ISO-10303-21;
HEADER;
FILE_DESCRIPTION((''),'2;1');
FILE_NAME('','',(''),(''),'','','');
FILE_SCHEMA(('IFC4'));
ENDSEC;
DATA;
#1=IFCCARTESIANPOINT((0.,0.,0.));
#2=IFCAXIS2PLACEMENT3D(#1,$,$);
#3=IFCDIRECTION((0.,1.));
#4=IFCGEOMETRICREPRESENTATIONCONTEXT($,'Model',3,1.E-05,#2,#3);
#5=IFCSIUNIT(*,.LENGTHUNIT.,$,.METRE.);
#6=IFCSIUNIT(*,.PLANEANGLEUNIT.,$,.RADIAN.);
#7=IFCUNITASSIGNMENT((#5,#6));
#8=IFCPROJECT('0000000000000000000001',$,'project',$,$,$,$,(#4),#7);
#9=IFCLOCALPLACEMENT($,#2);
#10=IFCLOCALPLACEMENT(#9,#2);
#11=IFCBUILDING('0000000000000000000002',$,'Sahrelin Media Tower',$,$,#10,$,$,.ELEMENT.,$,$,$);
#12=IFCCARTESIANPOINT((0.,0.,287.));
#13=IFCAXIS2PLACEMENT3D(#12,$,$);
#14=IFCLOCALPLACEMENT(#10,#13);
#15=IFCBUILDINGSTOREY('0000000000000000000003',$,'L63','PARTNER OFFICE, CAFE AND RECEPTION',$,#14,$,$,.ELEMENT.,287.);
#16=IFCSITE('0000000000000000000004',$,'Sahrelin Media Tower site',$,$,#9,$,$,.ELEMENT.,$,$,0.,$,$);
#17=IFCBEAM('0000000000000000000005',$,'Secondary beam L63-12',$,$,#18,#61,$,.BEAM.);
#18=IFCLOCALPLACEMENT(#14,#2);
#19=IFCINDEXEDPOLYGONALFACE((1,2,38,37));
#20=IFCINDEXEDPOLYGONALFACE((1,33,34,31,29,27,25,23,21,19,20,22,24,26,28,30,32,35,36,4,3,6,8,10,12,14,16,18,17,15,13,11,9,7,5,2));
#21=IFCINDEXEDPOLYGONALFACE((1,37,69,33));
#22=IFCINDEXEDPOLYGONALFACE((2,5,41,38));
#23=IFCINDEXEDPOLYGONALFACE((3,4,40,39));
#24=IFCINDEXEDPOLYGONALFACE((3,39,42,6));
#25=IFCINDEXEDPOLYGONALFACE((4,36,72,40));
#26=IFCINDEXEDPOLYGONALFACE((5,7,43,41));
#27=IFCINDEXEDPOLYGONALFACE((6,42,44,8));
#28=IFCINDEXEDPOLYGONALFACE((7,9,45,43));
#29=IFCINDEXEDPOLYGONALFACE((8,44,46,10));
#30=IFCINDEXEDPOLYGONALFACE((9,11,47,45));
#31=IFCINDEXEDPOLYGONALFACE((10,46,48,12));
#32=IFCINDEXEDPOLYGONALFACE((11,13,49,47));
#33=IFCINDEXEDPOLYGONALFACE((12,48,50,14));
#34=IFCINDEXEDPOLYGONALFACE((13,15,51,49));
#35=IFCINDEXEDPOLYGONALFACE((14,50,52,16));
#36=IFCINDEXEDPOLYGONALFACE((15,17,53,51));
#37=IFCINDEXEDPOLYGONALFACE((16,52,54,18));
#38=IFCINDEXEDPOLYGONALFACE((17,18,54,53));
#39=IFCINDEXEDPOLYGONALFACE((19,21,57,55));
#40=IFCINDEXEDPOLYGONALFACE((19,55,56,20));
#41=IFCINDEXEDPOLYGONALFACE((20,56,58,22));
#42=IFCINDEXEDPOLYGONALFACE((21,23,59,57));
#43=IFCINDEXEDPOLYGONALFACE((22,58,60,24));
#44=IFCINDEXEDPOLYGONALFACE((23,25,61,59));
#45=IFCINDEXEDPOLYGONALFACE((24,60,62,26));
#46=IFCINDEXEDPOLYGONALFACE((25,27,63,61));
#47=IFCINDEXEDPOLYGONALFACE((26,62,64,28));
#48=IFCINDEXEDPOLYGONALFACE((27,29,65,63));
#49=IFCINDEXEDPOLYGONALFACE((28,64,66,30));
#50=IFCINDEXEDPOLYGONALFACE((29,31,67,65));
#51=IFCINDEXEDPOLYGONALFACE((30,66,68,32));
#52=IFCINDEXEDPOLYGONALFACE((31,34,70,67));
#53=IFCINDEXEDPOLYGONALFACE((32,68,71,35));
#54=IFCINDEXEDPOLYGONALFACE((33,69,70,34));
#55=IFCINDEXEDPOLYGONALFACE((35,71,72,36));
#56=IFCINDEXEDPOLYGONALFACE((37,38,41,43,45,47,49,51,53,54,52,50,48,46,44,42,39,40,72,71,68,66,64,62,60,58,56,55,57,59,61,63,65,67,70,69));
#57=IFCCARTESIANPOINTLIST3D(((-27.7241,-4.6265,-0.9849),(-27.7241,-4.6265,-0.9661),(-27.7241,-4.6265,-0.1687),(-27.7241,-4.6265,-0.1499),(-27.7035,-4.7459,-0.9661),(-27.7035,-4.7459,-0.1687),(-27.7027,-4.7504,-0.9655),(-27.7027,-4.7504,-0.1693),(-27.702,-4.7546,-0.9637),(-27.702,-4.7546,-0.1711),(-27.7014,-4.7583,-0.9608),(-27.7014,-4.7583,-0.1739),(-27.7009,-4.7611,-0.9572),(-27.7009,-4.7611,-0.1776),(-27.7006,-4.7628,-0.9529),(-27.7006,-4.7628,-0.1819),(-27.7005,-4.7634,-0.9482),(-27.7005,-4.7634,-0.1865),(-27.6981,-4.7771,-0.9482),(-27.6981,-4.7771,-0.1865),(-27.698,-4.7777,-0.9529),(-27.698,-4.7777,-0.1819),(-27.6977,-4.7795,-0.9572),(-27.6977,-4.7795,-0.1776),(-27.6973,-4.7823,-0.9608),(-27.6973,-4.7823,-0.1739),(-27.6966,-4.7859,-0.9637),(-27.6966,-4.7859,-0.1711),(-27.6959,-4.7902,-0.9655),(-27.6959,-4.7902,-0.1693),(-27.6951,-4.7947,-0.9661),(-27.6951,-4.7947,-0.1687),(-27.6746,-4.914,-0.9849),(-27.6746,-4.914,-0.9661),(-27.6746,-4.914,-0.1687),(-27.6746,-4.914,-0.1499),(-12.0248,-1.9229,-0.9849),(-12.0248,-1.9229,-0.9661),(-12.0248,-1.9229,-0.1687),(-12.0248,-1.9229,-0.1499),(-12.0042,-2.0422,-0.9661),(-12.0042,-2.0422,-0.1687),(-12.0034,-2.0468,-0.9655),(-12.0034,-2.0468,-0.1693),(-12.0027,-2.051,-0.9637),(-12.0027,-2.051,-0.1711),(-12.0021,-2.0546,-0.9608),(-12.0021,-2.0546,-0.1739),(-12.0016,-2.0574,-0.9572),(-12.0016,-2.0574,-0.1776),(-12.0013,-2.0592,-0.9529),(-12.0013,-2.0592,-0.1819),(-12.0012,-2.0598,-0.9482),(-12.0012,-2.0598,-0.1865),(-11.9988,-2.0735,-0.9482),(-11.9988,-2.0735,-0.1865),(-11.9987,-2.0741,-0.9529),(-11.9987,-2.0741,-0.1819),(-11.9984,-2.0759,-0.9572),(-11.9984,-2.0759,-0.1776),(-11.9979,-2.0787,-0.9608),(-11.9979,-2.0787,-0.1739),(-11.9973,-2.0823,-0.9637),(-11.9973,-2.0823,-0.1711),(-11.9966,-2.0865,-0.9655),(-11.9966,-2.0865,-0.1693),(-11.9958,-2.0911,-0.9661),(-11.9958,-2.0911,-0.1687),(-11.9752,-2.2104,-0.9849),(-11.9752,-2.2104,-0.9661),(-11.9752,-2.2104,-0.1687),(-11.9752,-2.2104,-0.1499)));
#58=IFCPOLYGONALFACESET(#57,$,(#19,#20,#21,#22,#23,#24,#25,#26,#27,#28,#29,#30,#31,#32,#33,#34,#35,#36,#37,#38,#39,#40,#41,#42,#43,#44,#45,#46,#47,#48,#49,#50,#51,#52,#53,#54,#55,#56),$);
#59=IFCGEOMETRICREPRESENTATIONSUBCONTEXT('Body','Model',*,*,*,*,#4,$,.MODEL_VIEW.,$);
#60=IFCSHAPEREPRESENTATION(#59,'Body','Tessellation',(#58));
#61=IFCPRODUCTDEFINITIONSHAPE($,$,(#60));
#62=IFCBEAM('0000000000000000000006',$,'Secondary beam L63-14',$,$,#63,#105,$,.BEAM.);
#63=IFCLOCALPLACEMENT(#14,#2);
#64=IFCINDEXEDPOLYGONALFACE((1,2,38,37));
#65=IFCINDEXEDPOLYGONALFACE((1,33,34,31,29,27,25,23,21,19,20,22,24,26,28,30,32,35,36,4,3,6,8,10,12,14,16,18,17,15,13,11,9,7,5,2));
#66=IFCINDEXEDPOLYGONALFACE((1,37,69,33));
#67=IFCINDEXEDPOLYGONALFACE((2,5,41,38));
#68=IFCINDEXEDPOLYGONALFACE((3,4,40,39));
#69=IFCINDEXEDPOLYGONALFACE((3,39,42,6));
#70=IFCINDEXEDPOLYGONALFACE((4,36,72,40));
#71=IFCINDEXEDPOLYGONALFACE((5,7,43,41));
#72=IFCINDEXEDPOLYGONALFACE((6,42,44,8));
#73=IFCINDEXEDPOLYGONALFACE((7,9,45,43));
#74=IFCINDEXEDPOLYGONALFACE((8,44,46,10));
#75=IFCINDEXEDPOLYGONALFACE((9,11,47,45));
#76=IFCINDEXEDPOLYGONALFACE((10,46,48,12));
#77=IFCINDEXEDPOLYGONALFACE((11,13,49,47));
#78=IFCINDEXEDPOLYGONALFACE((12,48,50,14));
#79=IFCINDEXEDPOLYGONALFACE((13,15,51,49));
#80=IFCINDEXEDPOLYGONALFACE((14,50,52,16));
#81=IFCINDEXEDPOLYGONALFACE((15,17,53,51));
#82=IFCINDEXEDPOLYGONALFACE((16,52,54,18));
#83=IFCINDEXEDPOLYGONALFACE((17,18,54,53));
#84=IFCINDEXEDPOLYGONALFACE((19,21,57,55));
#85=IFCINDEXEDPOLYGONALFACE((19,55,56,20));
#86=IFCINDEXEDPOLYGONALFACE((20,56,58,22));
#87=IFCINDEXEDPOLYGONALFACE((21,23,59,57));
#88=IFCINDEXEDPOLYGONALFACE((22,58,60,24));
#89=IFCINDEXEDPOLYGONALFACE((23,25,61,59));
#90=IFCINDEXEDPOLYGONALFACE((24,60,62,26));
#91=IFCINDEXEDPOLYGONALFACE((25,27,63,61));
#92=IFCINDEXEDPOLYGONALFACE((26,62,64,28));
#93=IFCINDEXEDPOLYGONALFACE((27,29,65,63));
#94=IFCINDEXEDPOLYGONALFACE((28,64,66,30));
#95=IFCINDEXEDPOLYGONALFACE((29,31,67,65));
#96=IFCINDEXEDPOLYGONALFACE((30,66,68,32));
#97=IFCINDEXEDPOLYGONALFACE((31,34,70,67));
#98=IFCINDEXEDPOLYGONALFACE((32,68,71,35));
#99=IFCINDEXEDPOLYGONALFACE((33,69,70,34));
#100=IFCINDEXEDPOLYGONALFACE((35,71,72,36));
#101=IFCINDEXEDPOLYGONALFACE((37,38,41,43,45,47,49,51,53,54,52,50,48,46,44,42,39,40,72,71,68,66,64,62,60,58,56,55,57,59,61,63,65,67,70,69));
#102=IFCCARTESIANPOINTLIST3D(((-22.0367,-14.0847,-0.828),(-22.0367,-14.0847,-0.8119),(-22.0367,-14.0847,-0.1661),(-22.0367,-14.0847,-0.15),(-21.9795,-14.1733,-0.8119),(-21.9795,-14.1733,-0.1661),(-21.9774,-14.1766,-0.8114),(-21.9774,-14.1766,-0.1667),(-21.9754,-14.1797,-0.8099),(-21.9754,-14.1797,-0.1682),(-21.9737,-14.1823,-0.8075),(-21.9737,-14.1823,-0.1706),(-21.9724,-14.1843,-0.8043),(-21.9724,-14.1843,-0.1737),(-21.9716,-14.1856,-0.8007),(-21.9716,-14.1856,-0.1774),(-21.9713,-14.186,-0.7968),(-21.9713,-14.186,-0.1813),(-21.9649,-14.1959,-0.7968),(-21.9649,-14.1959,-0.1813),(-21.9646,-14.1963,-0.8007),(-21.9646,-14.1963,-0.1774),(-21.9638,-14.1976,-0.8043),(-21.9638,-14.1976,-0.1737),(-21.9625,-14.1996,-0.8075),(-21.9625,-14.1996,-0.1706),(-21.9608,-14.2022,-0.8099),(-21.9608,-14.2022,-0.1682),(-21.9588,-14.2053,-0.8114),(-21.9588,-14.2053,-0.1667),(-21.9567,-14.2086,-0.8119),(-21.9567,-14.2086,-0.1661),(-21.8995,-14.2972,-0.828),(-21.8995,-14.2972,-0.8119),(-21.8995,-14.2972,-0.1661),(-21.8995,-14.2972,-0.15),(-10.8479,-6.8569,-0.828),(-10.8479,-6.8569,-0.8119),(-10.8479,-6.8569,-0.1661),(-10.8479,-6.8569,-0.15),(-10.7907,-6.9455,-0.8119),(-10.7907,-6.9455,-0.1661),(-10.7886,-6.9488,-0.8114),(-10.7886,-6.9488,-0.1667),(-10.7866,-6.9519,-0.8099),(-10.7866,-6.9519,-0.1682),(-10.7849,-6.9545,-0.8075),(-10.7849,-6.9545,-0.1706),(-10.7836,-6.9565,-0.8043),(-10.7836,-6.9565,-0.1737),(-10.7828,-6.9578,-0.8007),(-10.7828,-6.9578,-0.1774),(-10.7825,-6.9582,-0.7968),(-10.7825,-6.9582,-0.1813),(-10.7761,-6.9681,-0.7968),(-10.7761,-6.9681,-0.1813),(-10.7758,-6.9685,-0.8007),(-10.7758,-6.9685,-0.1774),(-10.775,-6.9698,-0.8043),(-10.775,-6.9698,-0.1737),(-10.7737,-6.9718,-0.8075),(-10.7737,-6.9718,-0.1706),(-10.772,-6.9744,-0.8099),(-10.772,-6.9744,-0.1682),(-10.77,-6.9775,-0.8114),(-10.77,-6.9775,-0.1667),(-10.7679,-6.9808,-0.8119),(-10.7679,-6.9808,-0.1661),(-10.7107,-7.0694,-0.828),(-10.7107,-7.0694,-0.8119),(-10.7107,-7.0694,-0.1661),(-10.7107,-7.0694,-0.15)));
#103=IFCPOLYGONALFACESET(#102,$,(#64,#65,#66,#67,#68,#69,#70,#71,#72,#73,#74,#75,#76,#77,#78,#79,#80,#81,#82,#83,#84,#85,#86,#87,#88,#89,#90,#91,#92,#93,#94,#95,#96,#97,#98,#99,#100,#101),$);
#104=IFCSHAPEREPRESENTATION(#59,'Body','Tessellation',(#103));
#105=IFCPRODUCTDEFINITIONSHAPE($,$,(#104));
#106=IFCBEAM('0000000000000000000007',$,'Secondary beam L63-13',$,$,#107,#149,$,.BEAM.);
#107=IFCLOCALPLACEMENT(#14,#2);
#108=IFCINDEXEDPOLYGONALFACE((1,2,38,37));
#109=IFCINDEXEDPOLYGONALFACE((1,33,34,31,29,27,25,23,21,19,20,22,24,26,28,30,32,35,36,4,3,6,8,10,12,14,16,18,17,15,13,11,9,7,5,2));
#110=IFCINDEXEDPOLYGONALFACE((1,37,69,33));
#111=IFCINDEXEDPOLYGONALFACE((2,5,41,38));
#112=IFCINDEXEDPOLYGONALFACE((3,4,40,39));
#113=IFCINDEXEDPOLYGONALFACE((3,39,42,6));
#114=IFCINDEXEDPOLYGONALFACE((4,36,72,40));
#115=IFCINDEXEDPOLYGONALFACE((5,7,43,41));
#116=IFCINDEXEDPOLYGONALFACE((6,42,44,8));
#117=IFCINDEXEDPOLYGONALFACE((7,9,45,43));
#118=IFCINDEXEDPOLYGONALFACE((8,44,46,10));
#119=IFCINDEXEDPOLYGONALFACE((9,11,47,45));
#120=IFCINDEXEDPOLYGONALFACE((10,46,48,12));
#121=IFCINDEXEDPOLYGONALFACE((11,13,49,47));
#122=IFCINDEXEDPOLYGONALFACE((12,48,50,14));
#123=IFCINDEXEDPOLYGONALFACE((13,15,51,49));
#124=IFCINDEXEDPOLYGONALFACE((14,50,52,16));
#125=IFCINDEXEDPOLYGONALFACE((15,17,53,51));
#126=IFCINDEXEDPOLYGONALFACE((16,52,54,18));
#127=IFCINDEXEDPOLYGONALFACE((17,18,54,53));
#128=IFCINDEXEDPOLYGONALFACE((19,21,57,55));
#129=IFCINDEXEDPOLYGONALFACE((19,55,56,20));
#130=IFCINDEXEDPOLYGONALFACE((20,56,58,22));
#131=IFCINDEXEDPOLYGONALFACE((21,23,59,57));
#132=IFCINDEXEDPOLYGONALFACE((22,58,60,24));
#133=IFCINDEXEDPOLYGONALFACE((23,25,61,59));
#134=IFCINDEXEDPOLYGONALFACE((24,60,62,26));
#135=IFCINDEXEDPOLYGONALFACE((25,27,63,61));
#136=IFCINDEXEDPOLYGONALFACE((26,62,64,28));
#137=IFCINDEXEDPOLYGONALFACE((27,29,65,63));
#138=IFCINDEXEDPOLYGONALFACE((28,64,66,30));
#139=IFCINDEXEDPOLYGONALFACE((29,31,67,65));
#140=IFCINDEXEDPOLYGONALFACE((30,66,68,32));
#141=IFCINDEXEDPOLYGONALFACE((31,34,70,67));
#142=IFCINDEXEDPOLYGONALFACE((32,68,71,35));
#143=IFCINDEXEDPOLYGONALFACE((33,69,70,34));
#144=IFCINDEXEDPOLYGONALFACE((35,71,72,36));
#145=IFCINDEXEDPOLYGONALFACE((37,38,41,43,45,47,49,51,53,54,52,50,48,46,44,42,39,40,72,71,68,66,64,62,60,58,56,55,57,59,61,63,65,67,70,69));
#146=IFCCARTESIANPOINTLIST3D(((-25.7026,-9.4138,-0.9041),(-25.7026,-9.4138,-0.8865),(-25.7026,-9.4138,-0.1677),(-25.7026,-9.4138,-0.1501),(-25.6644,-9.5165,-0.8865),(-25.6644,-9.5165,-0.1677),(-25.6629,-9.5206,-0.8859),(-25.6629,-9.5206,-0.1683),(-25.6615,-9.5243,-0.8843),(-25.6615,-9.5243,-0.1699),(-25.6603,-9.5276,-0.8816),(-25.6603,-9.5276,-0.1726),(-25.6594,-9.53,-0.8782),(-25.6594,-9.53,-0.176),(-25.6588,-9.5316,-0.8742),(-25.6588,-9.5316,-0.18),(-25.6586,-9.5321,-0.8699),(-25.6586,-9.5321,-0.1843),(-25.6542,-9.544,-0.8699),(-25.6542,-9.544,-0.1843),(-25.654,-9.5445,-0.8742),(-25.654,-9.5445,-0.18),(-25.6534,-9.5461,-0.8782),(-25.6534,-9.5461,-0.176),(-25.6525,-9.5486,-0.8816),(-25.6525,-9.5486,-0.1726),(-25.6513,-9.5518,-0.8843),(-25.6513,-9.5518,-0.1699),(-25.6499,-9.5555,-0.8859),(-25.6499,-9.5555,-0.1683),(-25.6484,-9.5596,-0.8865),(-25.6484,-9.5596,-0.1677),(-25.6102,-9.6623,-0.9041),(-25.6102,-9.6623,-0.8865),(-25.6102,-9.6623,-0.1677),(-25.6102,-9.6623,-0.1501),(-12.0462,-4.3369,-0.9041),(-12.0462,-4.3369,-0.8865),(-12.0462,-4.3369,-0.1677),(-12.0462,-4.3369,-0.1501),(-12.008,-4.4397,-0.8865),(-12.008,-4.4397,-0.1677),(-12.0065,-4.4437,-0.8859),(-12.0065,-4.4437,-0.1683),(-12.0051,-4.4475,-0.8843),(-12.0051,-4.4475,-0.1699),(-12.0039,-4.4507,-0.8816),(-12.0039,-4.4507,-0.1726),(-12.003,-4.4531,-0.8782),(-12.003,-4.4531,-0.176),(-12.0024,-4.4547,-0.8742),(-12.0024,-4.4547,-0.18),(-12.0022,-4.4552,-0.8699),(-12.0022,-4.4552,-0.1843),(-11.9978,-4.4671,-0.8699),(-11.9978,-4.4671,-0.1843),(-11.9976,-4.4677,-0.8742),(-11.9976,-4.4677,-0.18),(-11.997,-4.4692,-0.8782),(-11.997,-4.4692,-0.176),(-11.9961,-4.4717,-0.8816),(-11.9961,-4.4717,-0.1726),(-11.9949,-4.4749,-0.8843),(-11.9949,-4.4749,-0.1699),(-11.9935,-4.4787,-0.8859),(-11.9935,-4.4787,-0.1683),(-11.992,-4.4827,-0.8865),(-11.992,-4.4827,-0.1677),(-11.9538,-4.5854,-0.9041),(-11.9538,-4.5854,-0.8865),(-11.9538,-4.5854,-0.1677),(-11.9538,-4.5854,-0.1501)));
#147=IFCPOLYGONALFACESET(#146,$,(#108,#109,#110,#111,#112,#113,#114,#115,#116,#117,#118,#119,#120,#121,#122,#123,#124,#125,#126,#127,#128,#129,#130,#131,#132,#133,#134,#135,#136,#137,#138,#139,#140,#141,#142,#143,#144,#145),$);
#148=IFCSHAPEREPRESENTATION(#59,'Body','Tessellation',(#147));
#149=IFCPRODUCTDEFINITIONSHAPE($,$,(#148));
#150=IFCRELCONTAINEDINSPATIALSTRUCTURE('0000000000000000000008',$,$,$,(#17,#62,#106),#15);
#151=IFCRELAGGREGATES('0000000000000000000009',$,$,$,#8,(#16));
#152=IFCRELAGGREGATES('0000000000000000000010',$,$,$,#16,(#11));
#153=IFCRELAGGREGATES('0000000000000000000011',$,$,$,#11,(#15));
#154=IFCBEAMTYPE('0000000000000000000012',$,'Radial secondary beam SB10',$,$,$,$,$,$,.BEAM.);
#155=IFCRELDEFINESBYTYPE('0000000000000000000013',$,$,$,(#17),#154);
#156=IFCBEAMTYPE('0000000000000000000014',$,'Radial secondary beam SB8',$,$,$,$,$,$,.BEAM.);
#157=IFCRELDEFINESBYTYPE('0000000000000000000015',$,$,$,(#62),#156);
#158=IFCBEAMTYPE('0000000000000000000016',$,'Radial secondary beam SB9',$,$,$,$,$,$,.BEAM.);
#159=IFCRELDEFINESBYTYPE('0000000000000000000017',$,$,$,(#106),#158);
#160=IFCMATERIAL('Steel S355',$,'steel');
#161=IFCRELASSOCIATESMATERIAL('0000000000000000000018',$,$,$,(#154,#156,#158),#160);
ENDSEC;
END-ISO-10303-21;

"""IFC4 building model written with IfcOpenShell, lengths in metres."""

from ifc_helpers import new_model, si_unit, direction, frame, origin, origin_2d, place, context, subcontext, project, spatial, i_section, extrude, material, material_profile, profile_set, type_object, element, save


model = new_model("IFC4")

# Units and contexts
model_context = context("Model", 3, precision=1e-05, world=origin(), true_north=direction((0.0, 1.0)))
body_context = subcontext(model_context, "Body", "Model", "MODEL_VIEW")
ifc_project = project(units=[si_unit("LENGTHUNIT", "METRE"), si_unit("PLANEANGLEUNIT", "RADIAN")], contexts=[model_context])

# Site, building, storey
site_placement = place(None, origin())
site = spatial("IfcSite", under=ifc_project, at=site_placement, Name="Sahrelin Media Tower site", CompositionType="ELEMENT", RefElevation=0.0)
building_placement = place(site_placement, origin())
building = spatial("IfcBuilding", under=site, at=building_placement, Name="Sahrelin Media Tower", CompositionType="ELEMENT")
storey_placement = place(building_placement, frame((0.0, 0.0, 287.0)))
storey = spatial("IfcBuildingStorey", under=building, at=storey_placement, Name="L63", Description="PARTNER OFFICE, CAFE AND RECEPTION", CompositionType="ELEMENT", Elevation=287.0)

# Beams
ifc_material_1 = material(Name="Steel S355", Category="steel")
ifc_material_profile_1 = material_profile(ifc_material_1, i_section(OverallWidth=0.2917, OverallDepth=0.835, WebThickness=0.0139, FlangeThickness=0.0188, FilletRadius=0.0178, at=origin_2d()), Name="UB 838x292x176")
ifc_profile_set_1 = profile_set([ifc_material_profile_1], Name="Steel S355")
beam_type_1 = type_object("IfcBeamType", Name="Radial secondary beam SB10", PredefinedType="BEAM", material=ifc_profile_set_1)
beam_1_placement = place(storey_placement, frame((-12.0, -2.0667, -0.5674), z_axis=(-0.985493, -0.169715, 0.0), x_axis=(0.169715, -0.985493, 0.0)))
element("IfcBeam", 1, at=beam_1_placement, inside=storey, type_object=beam_type_1, Name="Secondary beam L63-12", PredefinedType="BEAM", context=body_context, shape_type="SweptSolid", body=[
    extrude(i_section(OverallWidth=0.2917, OverallDepth=0.835, WebThickness=0.0139, FlangeThickness=0.0188, FilletRadius=0.0178, at=origin_2d()), origin(), (0.0, 0.0, 1.0), 15.9304),
])
ifc_material_profile_2 = material_profile(ifc_material_1, i_section(OverallWidth=0.2529, OverallDepth=0.678, WebThickness=0.0117, FlangeThickness=0.0161, FilletRadius=0.0151, at=origin_2d()), Name="UB 686x254x125")
ifc_profile_set_2 = profile_set([ifc_material_profile_2], Name="Steel S355")
beam_type_2 = type_object("IfcBeamType", Name="Radial secondary beam SB8", PredefinedType="BEAM", material=ifc_profile_set_2)
beam_2_placement = place(storey_placement, frame((-10.7793, -6.9631, -0.489), z_axis=(-0.83998, -0.542617, 0.0), x_axis=(0.542617, -0.83998, 0.0)))
element("IfcBeam", 2, at=beam_2_placement, inside=storey, type_object=beam_type_2, Name="Secondary beam L63-14", PredefinedType="BEAM", context=body_context, shape_type="SweptSolid", body=[
    extrude(i_section(OverallWidth=0.2529, OverallDepth=0.678, WebThickness=0.0117, FlangeThickness=0.0161, FilletRadius=0.0151, at=origin_2d()), origin(), (0.0, 0.0, 1.0), 13.3203),
])
ifc_material_profile_3 = material_profile(ifc_material_1, i_section(OverallWidth=0.2651, OverallDepth=0.7539, WebThickness=0.0127, FlangeThickness=0.0176, FilletRadius=0.0166, at=origin_2d()), Name="UB 762x267x147")
ifc_profile_set_3 = profile_set([ifc_material_profile_3], Name="Steel S355")
beam_type_3 = type_object("IfcBeamType", Name="Radial secondary beam SB9", PredefinedType="BEAM", material=ifc_profile_set_3)
beam_3_placement = place(storey_placement, frame((-12.0, -4.4612, -0.5271), z_axis=(-0.937325, -0.348457, 0.0), x_axis=(0.348457, -0.937325, 0.0)))
element("IfcBeam", 3, at=beam_3_placement, inside=storey, type_object=beam_type_3, Name="Secondary beam L63-13", PredefinedType="BEAM", context=body_context, shape_type="SweptSolid", body=[
    extrude(i_section(OverallWidth=0.2651, OverallDepth=0.7539, WebThickness=0.0127, FlangeThickness=0.0176, FilletRadius=0.0166, at=origin_2d()), origin(), (0.0, 0.0, 1.0), 14.5696),
])

save(model, "model.ifc")
